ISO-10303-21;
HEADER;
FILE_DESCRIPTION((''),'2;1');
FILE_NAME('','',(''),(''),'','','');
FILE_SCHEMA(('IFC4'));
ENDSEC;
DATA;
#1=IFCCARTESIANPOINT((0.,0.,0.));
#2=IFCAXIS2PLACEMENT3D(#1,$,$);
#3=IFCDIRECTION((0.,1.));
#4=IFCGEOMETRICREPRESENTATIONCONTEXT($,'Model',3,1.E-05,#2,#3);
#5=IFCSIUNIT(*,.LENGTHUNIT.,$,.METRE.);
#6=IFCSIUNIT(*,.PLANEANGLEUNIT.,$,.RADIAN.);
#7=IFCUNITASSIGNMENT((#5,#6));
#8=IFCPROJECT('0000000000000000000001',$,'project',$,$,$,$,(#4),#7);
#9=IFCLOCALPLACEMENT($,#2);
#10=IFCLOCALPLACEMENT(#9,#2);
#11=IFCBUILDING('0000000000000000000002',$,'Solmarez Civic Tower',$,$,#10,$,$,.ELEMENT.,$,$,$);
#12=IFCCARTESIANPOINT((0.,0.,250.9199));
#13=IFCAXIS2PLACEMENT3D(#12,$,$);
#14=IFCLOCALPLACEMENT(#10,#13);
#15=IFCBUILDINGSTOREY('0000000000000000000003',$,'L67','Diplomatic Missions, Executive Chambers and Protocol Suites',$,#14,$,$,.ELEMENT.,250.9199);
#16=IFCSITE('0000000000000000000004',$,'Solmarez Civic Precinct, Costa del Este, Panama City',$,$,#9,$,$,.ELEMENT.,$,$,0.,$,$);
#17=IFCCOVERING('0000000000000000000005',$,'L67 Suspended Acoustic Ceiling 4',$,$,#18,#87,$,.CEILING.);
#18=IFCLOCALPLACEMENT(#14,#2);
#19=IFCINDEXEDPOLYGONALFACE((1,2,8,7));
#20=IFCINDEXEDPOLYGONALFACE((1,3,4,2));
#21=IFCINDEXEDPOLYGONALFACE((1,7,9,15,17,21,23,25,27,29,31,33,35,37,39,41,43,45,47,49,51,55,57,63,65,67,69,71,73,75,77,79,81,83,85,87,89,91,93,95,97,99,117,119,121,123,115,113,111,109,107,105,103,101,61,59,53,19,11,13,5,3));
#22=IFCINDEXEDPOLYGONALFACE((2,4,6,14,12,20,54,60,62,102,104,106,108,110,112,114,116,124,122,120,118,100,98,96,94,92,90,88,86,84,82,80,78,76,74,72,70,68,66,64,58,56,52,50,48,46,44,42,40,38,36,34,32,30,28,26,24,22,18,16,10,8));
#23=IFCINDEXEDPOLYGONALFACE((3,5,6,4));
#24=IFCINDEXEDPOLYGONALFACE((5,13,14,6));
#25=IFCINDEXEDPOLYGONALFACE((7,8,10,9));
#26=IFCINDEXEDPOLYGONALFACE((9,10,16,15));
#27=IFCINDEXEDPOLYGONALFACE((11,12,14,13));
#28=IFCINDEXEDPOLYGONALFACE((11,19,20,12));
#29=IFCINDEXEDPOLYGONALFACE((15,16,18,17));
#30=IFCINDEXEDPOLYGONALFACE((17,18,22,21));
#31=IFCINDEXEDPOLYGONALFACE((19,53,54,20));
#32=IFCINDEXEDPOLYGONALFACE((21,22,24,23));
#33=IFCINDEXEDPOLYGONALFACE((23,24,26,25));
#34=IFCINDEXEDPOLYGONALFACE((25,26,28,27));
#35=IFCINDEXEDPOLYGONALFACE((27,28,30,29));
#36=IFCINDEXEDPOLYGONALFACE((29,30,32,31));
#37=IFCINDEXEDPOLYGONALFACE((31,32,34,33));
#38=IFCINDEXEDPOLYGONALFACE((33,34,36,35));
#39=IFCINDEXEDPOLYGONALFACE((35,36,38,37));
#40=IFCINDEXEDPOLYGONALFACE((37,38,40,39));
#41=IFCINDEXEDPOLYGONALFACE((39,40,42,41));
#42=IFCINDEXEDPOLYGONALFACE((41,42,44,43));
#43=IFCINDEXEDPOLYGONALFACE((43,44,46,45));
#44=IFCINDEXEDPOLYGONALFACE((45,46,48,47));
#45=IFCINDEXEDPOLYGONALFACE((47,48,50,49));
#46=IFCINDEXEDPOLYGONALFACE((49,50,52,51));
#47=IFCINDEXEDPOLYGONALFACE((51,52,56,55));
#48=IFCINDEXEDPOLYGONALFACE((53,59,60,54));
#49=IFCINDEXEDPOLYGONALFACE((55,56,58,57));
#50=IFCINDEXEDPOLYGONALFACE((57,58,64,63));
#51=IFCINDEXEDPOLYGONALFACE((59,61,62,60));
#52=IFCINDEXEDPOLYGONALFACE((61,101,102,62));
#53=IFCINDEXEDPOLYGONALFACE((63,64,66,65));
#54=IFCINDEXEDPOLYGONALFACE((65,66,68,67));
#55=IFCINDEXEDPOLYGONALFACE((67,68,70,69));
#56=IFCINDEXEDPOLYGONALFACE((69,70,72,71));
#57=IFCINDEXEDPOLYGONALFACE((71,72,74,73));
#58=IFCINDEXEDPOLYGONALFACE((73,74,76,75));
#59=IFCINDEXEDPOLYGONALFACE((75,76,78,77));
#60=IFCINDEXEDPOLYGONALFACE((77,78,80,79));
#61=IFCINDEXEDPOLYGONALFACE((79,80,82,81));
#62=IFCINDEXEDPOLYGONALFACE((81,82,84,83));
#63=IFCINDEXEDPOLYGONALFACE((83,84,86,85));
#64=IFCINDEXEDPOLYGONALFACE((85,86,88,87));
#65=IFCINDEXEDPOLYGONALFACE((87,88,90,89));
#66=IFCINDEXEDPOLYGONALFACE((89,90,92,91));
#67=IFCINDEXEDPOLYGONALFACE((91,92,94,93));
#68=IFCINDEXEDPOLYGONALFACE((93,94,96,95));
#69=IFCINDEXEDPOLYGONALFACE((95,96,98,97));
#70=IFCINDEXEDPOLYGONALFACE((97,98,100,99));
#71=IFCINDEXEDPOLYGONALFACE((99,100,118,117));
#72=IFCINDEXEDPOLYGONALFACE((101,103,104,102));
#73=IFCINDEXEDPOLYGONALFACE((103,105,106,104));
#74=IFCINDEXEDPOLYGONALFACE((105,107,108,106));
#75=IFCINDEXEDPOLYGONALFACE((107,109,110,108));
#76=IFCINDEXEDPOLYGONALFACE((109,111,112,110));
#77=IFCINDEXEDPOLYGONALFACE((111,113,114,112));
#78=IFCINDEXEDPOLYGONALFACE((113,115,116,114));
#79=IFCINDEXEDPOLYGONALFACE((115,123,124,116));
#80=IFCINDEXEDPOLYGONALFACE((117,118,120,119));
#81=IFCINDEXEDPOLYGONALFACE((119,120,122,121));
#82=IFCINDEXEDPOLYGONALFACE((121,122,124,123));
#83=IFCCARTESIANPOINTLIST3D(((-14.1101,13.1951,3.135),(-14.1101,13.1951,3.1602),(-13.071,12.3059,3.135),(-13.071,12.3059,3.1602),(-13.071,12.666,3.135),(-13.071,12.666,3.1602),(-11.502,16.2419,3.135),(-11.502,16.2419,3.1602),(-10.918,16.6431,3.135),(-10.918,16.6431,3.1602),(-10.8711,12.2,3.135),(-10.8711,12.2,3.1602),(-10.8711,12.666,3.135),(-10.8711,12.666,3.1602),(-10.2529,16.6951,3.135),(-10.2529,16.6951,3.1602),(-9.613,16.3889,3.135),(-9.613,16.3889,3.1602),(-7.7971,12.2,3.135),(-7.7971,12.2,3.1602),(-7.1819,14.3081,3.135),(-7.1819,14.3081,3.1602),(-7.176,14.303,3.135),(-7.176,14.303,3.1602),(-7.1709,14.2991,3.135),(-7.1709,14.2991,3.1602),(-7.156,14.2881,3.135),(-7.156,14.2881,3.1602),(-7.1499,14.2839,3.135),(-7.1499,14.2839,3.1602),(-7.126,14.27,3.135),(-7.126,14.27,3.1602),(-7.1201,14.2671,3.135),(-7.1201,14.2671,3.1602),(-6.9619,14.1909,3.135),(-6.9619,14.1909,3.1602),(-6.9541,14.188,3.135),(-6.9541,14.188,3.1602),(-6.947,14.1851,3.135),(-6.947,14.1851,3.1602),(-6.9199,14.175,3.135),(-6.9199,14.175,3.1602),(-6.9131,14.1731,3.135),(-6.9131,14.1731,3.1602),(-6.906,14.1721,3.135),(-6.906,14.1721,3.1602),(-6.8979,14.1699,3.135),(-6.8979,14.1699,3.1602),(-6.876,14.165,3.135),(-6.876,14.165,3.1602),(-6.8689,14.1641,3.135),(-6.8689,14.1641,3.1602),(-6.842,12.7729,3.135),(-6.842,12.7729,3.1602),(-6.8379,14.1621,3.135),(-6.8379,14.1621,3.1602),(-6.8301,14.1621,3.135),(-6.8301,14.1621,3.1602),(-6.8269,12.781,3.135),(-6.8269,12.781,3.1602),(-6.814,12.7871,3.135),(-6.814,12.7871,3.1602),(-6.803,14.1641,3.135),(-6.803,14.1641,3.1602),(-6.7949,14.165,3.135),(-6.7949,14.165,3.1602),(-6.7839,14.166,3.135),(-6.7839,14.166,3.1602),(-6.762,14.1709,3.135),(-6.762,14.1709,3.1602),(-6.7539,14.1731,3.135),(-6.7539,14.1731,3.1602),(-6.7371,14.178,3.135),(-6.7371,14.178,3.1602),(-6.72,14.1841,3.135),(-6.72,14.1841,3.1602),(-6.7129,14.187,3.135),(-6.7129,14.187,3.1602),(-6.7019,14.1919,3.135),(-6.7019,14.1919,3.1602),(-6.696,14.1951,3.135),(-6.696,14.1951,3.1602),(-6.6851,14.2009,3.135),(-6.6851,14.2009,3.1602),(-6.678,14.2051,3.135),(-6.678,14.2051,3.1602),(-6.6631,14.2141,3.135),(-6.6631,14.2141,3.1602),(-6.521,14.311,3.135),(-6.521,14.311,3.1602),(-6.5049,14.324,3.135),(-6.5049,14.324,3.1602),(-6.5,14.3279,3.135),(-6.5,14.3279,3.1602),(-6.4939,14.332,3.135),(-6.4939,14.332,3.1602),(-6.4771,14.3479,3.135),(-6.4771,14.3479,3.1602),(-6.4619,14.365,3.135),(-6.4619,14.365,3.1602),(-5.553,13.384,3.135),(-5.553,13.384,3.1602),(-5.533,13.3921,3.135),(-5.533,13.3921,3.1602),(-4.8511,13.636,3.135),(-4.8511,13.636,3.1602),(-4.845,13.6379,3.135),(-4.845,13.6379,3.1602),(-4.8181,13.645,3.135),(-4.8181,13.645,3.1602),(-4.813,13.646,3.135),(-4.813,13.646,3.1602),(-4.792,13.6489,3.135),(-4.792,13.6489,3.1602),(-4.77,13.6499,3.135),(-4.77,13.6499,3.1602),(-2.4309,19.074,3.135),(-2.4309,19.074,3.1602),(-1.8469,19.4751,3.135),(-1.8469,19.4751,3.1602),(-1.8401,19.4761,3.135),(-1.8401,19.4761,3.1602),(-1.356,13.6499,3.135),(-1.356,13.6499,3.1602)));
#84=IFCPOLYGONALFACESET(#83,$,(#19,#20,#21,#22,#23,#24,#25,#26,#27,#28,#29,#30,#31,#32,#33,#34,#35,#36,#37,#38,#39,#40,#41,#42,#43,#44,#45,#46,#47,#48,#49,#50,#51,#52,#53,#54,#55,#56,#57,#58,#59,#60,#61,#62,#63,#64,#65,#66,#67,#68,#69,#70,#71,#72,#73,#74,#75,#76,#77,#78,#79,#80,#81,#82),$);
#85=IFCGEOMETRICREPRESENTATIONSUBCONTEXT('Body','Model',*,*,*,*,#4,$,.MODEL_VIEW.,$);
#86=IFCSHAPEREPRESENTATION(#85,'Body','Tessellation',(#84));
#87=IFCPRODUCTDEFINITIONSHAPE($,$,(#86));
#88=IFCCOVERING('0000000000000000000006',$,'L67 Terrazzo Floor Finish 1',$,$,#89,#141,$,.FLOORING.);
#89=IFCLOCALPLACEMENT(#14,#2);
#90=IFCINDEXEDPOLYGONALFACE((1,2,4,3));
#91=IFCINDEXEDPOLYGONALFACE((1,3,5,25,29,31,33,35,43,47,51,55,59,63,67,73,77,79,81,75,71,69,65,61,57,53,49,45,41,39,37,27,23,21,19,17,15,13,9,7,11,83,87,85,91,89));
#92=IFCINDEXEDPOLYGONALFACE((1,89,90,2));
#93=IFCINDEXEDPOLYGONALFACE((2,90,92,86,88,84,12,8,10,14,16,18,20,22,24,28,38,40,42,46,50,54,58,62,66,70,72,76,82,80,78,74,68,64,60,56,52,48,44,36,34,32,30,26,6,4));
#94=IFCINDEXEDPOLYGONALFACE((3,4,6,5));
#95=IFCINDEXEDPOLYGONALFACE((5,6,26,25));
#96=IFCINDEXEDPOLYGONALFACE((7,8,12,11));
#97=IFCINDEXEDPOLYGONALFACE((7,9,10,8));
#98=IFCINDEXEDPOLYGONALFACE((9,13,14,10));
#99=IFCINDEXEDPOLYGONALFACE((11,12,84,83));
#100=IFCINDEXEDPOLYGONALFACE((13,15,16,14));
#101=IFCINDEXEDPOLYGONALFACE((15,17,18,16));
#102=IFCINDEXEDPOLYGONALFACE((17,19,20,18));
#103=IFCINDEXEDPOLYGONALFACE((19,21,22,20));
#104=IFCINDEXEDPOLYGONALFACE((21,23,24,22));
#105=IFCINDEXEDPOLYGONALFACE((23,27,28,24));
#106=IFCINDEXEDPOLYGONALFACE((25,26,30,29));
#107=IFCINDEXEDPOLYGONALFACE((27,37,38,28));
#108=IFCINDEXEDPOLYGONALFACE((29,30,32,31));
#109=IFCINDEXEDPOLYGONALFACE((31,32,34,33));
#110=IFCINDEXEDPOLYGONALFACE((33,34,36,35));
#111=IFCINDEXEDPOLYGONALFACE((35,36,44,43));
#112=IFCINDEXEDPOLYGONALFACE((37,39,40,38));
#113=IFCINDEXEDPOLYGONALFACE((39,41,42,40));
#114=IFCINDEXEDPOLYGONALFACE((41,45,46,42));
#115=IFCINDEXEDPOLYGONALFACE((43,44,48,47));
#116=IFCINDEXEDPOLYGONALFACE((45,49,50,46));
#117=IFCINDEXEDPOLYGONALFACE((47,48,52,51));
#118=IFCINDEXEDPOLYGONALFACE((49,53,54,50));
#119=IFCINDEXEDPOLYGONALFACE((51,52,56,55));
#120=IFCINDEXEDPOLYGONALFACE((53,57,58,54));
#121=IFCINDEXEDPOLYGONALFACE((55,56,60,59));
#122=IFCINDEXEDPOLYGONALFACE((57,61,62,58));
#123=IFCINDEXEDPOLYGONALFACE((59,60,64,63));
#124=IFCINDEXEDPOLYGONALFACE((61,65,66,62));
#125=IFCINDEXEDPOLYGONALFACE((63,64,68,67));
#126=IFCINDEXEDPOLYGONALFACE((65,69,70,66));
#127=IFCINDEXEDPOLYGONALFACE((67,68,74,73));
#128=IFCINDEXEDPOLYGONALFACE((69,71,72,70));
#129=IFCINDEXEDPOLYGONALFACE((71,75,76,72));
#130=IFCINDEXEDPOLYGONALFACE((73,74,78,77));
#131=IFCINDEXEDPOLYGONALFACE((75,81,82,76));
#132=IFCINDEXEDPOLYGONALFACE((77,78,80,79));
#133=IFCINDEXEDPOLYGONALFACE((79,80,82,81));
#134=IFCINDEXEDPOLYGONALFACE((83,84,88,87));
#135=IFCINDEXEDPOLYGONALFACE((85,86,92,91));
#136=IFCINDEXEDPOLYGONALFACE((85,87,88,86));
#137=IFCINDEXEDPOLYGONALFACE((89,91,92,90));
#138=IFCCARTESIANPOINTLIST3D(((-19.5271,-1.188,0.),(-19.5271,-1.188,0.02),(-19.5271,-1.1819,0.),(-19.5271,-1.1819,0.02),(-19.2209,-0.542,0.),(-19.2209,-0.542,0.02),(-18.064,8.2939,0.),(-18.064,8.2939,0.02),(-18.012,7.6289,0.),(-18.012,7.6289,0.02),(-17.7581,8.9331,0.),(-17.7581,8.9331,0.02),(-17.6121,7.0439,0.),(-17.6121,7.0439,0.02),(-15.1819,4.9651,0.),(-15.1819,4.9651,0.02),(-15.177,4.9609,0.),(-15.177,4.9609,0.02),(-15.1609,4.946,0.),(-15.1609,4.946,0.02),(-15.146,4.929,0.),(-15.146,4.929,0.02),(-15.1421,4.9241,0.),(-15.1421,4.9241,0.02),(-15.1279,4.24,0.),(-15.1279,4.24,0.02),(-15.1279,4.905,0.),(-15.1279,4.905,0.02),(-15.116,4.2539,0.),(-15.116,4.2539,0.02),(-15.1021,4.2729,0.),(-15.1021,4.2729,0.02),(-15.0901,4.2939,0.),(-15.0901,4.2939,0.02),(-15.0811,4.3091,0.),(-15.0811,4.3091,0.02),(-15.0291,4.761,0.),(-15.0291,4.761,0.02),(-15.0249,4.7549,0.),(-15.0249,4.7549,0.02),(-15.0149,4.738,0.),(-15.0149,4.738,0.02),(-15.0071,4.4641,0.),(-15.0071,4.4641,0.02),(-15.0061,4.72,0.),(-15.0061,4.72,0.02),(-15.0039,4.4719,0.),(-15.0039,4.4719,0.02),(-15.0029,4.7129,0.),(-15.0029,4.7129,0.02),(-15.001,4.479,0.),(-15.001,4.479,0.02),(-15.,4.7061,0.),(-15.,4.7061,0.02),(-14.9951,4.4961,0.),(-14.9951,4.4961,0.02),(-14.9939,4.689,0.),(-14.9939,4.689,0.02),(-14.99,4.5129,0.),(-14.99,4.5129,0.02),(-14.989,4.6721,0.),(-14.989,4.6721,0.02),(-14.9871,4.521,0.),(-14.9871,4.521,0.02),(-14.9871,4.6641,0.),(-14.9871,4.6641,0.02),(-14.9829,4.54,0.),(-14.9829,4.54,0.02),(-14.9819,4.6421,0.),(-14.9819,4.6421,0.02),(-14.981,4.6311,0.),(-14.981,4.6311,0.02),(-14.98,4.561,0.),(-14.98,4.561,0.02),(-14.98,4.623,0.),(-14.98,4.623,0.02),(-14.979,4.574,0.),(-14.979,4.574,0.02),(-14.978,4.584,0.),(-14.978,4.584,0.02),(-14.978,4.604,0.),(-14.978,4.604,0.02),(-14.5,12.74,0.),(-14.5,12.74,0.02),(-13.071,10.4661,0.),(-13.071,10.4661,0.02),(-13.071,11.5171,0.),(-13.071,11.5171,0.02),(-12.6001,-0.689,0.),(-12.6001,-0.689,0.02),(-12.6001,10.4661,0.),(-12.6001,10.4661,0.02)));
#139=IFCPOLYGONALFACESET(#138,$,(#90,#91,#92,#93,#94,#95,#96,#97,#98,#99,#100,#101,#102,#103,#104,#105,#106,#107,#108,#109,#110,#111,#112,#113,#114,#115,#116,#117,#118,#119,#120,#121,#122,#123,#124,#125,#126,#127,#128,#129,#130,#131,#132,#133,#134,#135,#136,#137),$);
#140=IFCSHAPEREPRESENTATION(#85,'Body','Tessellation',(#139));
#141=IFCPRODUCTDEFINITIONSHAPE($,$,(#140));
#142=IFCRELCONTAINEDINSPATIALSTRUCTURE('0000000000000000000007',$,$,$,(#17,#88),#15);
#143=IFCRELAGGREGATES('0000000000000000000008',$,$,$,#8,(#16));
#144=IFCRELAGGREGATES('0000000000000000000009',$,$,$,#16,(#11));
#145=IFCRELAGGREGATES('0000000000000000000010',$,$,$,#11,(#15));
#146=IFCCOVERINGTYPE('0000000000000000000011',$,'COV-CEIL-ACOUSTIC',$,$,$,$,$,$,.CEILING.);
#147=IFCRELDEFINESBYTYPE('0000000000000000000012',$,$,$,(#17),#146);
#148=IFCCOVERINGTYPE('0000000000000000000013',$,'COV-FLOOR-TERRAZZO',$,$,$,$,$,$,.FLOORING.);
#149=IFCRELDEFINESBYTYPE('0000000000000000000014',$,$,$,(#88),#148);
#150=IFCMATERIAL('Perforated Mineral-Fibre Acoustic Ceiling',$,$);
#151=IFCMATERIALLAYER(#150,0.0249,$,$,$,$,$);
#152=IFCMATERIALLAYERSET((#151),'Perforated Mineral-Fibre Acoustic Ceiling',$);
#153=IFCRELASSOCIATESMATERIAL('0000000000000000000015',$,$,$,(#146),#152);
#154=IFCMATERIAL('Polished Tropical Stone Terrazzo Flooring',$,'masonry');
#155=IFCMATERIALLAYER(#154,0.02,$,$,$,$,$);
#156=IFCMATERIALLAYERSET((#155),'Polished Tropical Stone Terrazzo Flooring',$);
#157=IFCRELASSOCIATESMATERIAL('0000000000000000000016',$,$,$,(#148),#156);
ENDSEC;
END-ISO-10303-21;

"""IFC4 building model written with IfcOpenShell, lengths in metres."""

from ifc_helpers import new_model, si_unit, direction, frame, origin, place, context, subcontext, project, spatial, polyline, outline, extrude, material, layer, layer_set, type_object, element, save


model = new_model("IFC4")

# Units and contexts
model_context = context("Model", 3, precision=1e-05, world=origin(), true_north=direction((0.0, 1.0)))
body_context = subcontext(model_context, "Body", "Model", "MODEL_VIEW")
ifc_project = project(units=[si_unit("LENGTHUNIT", "METRE"), si_unit("PLANEANGLEUNIT", "RADIAN")], contexts=[model_context])

# Site, building, storey
site_placement = place(None, origin())
site = spatial("IfcSite", under=ifc_project, at=site_placement, Name="Solmarez Civic Precinct, Costa del Este, Panama City", CompositionType="ELEMENT", RefElevation=0.0)
building_placement = place(site_placement, origin())
building = spatial("IfcBuilding", under=site, at=building_placement, Name="Solmarez Civic Tower", CompositionType="ELEMENT")
storey_placement = place(building_placement, frame((0.0, 0.0, 250.9199)))
storey = spatial("IfcBuildingStorey", under=building, at=storey_placement, Name="L67", Description="Diplomatic Missions, Executive Chambers and Protocol Suites", CompositionType="ELEMENT", Elevation=250.9199)

# Coverings
ifc_material_1 = material(Name="Perforated Mineral-Fibre Acoustic Ceiling")
ifc_layer_1 = layer(ifc_material_1, 0.0249)
ifc_layer_set_1 = layer_set([ifc_layer_1], Name="Perforated Mineral-Fibre Acoustic Ceiling")
covering_type_1 = type_object("IfcCoveringType", Name="COV-CEIL-ACOUSTIC", PredefinedType="CEILING", material=ifc_layer_set_1)
covering_1_placement = place(storey_placement, frame((0.0, 0.0, 3.135)))
element("IfcCovering", 1, at=covering_1_placement, inside=storey, type_object=covering_type_1, Name="L67 Suspended Acoustic Ceiling 4", PredefinedType="CEILING", context=body_context, shape_type="SweptSolid", body=[
    extrude(outline(polyline([(-13.071, 12.3059), (-13.071, 12.666), (-10.8711, 12.666), (-10.8711, 12.2), (-7.7971, 12.2), (-6.842, 12.7729), (-6.8269, 12.781), (-6.814, 12.7871), (-5.553, 13.384), (-5.533, 13.3921), (-4.8511, 13.636), (-4.845, 13.6379), (-4.8181, 13.645), (-4.813, 13.646), (-4.792, 13.6489), (-4.77, 13.6499), (-1.356, 13.6499), (-1.8401, 19.4761), (-1.8469, 19.4751), (-2.4309, 19.074), (-6.4619, 14.365), (-6.4771, 14.3479), (-6.4939, 14.332), (-6.5, 14.3279), (-6.5049, 14.324), (-6.521, 14.311), (-6.6631, 14.2141), (-6.678, 14.2051), (-6.6851, 14.2009), (-6.696, 14.1951), (-6.7019, 14.1919), (-6.7129, 14.187), (-6.72, 14.1841), (-6.7371, 14.178), (-6.7539, 14.1731), (-6.762, 14.1709), (-6.7839, 14.166), (-6.7949, 14.165), (-6.803, 14.1641), (-6.8301, 14.1621), (-6.8379, 14.1621), (-6.8689, 14.1641), (-6.876, 14.165), (-6.8979, 14.1699), (-6.906, 14.1721), (-6.9131, 14.1731), (-6.9199, 14.175), (-6.947, 14.1851), (-6.9541, 14.188), (-6.9619, 14.1909), (-7.1201, 14.2671), (-7.126, 14.27), (-7.1499, 14.2839), (-7.156, 14.2881), (-7.1709, 14.2991), (-7.176, 14.303), (-7.1819, 14.3081), (-9.613, 16.3889), (-10.2529, 16.6951), (-10.918, 16.6431), (-11.502, 16.2419), (-14.1101, 13.1951), (-13.071, 12.3059)])), origin(), (0.0, 0.0, 1.0), 0.0251),
])
ifc_material_2 = material(Name="Polished Tropical Stone Terrazzo Flooring", Category="masonry")
ifc_layer_2 = layer(ifc_material_2, 0.02)
ifc_layer_set_2 = layer_set([ifc_layer_2], Name="Polished Tropical Stone Terrazzo Flooring")
covering_type_2 = type_object("IfcCoveringType", Name="COV-FLOOR-TERRAZZO", PredefinedType="FLOORING", material=ifc_layer_set_2)
covering_2_placement = place(storey_placement, origin())
element("IfcCovering", 2, at=covering_2_placement, inside=storey, type_object=covering_type_2, Name="L67 Terrazzo Floor Finish 1", PredefinedType="FLOORING", context=body_context, shape_type="SweptSolid", body=[
    extrude(outline(polyline([(-15.1279, 4.24), (-19.2209, -0.542), (-19.5271, -1.1819), (-19.5271, -1.188), (-12.6001, -0.689), (-12.6001, 10.4661), (-13.071, 10.4661), (-13.071, 11.5171), (-14.5, 12.74), (-17.7581, 8.9331), (-18.064, 8.2939), (-18.012, 7.6289), (-17.6121, 7.0439), (-15.1819, 4.9651), (-15.177, 4.9609), (-15.1609, 4.946), (-15.146, 4.929), (-15.1421, 4.9241), (-15.1279, 4.905), (-15.0291, 4.761), (-15.0249, 4.7549), (-15.0149, 4.738), (-15.0061, 4.72), (-15.0029, 4.7129), (-15.0, 4.7061), (-14.9939, 4.689), (-14.989, 4.6721), (-14.9871, 4.6641), (-14.9819, 4.6421), (-14.981, 4.6311), (-14.98, 4.623), (-14.978, 4.604), (-14.978, 4.584), (-14.979, 4.574), (-14.98, 4.561), (-14.9829, 4.54), (-14.9871, 4.521), (-14.99, 4.5129), (-14.9951, 4.4961), (-15.001, 4.479), (-15.0039, 4.4719), (-15.0071, 4.4641), (-15.0811, 4.3091), (-15.0901, 4.2939), (-15.1021, 4.2729), (-15.116, 4.2539), (-15.1279, 4.24)])), origin(), (0.0, 0.0, 1.0), 0.02),
])

save(model, "model.ifc")
